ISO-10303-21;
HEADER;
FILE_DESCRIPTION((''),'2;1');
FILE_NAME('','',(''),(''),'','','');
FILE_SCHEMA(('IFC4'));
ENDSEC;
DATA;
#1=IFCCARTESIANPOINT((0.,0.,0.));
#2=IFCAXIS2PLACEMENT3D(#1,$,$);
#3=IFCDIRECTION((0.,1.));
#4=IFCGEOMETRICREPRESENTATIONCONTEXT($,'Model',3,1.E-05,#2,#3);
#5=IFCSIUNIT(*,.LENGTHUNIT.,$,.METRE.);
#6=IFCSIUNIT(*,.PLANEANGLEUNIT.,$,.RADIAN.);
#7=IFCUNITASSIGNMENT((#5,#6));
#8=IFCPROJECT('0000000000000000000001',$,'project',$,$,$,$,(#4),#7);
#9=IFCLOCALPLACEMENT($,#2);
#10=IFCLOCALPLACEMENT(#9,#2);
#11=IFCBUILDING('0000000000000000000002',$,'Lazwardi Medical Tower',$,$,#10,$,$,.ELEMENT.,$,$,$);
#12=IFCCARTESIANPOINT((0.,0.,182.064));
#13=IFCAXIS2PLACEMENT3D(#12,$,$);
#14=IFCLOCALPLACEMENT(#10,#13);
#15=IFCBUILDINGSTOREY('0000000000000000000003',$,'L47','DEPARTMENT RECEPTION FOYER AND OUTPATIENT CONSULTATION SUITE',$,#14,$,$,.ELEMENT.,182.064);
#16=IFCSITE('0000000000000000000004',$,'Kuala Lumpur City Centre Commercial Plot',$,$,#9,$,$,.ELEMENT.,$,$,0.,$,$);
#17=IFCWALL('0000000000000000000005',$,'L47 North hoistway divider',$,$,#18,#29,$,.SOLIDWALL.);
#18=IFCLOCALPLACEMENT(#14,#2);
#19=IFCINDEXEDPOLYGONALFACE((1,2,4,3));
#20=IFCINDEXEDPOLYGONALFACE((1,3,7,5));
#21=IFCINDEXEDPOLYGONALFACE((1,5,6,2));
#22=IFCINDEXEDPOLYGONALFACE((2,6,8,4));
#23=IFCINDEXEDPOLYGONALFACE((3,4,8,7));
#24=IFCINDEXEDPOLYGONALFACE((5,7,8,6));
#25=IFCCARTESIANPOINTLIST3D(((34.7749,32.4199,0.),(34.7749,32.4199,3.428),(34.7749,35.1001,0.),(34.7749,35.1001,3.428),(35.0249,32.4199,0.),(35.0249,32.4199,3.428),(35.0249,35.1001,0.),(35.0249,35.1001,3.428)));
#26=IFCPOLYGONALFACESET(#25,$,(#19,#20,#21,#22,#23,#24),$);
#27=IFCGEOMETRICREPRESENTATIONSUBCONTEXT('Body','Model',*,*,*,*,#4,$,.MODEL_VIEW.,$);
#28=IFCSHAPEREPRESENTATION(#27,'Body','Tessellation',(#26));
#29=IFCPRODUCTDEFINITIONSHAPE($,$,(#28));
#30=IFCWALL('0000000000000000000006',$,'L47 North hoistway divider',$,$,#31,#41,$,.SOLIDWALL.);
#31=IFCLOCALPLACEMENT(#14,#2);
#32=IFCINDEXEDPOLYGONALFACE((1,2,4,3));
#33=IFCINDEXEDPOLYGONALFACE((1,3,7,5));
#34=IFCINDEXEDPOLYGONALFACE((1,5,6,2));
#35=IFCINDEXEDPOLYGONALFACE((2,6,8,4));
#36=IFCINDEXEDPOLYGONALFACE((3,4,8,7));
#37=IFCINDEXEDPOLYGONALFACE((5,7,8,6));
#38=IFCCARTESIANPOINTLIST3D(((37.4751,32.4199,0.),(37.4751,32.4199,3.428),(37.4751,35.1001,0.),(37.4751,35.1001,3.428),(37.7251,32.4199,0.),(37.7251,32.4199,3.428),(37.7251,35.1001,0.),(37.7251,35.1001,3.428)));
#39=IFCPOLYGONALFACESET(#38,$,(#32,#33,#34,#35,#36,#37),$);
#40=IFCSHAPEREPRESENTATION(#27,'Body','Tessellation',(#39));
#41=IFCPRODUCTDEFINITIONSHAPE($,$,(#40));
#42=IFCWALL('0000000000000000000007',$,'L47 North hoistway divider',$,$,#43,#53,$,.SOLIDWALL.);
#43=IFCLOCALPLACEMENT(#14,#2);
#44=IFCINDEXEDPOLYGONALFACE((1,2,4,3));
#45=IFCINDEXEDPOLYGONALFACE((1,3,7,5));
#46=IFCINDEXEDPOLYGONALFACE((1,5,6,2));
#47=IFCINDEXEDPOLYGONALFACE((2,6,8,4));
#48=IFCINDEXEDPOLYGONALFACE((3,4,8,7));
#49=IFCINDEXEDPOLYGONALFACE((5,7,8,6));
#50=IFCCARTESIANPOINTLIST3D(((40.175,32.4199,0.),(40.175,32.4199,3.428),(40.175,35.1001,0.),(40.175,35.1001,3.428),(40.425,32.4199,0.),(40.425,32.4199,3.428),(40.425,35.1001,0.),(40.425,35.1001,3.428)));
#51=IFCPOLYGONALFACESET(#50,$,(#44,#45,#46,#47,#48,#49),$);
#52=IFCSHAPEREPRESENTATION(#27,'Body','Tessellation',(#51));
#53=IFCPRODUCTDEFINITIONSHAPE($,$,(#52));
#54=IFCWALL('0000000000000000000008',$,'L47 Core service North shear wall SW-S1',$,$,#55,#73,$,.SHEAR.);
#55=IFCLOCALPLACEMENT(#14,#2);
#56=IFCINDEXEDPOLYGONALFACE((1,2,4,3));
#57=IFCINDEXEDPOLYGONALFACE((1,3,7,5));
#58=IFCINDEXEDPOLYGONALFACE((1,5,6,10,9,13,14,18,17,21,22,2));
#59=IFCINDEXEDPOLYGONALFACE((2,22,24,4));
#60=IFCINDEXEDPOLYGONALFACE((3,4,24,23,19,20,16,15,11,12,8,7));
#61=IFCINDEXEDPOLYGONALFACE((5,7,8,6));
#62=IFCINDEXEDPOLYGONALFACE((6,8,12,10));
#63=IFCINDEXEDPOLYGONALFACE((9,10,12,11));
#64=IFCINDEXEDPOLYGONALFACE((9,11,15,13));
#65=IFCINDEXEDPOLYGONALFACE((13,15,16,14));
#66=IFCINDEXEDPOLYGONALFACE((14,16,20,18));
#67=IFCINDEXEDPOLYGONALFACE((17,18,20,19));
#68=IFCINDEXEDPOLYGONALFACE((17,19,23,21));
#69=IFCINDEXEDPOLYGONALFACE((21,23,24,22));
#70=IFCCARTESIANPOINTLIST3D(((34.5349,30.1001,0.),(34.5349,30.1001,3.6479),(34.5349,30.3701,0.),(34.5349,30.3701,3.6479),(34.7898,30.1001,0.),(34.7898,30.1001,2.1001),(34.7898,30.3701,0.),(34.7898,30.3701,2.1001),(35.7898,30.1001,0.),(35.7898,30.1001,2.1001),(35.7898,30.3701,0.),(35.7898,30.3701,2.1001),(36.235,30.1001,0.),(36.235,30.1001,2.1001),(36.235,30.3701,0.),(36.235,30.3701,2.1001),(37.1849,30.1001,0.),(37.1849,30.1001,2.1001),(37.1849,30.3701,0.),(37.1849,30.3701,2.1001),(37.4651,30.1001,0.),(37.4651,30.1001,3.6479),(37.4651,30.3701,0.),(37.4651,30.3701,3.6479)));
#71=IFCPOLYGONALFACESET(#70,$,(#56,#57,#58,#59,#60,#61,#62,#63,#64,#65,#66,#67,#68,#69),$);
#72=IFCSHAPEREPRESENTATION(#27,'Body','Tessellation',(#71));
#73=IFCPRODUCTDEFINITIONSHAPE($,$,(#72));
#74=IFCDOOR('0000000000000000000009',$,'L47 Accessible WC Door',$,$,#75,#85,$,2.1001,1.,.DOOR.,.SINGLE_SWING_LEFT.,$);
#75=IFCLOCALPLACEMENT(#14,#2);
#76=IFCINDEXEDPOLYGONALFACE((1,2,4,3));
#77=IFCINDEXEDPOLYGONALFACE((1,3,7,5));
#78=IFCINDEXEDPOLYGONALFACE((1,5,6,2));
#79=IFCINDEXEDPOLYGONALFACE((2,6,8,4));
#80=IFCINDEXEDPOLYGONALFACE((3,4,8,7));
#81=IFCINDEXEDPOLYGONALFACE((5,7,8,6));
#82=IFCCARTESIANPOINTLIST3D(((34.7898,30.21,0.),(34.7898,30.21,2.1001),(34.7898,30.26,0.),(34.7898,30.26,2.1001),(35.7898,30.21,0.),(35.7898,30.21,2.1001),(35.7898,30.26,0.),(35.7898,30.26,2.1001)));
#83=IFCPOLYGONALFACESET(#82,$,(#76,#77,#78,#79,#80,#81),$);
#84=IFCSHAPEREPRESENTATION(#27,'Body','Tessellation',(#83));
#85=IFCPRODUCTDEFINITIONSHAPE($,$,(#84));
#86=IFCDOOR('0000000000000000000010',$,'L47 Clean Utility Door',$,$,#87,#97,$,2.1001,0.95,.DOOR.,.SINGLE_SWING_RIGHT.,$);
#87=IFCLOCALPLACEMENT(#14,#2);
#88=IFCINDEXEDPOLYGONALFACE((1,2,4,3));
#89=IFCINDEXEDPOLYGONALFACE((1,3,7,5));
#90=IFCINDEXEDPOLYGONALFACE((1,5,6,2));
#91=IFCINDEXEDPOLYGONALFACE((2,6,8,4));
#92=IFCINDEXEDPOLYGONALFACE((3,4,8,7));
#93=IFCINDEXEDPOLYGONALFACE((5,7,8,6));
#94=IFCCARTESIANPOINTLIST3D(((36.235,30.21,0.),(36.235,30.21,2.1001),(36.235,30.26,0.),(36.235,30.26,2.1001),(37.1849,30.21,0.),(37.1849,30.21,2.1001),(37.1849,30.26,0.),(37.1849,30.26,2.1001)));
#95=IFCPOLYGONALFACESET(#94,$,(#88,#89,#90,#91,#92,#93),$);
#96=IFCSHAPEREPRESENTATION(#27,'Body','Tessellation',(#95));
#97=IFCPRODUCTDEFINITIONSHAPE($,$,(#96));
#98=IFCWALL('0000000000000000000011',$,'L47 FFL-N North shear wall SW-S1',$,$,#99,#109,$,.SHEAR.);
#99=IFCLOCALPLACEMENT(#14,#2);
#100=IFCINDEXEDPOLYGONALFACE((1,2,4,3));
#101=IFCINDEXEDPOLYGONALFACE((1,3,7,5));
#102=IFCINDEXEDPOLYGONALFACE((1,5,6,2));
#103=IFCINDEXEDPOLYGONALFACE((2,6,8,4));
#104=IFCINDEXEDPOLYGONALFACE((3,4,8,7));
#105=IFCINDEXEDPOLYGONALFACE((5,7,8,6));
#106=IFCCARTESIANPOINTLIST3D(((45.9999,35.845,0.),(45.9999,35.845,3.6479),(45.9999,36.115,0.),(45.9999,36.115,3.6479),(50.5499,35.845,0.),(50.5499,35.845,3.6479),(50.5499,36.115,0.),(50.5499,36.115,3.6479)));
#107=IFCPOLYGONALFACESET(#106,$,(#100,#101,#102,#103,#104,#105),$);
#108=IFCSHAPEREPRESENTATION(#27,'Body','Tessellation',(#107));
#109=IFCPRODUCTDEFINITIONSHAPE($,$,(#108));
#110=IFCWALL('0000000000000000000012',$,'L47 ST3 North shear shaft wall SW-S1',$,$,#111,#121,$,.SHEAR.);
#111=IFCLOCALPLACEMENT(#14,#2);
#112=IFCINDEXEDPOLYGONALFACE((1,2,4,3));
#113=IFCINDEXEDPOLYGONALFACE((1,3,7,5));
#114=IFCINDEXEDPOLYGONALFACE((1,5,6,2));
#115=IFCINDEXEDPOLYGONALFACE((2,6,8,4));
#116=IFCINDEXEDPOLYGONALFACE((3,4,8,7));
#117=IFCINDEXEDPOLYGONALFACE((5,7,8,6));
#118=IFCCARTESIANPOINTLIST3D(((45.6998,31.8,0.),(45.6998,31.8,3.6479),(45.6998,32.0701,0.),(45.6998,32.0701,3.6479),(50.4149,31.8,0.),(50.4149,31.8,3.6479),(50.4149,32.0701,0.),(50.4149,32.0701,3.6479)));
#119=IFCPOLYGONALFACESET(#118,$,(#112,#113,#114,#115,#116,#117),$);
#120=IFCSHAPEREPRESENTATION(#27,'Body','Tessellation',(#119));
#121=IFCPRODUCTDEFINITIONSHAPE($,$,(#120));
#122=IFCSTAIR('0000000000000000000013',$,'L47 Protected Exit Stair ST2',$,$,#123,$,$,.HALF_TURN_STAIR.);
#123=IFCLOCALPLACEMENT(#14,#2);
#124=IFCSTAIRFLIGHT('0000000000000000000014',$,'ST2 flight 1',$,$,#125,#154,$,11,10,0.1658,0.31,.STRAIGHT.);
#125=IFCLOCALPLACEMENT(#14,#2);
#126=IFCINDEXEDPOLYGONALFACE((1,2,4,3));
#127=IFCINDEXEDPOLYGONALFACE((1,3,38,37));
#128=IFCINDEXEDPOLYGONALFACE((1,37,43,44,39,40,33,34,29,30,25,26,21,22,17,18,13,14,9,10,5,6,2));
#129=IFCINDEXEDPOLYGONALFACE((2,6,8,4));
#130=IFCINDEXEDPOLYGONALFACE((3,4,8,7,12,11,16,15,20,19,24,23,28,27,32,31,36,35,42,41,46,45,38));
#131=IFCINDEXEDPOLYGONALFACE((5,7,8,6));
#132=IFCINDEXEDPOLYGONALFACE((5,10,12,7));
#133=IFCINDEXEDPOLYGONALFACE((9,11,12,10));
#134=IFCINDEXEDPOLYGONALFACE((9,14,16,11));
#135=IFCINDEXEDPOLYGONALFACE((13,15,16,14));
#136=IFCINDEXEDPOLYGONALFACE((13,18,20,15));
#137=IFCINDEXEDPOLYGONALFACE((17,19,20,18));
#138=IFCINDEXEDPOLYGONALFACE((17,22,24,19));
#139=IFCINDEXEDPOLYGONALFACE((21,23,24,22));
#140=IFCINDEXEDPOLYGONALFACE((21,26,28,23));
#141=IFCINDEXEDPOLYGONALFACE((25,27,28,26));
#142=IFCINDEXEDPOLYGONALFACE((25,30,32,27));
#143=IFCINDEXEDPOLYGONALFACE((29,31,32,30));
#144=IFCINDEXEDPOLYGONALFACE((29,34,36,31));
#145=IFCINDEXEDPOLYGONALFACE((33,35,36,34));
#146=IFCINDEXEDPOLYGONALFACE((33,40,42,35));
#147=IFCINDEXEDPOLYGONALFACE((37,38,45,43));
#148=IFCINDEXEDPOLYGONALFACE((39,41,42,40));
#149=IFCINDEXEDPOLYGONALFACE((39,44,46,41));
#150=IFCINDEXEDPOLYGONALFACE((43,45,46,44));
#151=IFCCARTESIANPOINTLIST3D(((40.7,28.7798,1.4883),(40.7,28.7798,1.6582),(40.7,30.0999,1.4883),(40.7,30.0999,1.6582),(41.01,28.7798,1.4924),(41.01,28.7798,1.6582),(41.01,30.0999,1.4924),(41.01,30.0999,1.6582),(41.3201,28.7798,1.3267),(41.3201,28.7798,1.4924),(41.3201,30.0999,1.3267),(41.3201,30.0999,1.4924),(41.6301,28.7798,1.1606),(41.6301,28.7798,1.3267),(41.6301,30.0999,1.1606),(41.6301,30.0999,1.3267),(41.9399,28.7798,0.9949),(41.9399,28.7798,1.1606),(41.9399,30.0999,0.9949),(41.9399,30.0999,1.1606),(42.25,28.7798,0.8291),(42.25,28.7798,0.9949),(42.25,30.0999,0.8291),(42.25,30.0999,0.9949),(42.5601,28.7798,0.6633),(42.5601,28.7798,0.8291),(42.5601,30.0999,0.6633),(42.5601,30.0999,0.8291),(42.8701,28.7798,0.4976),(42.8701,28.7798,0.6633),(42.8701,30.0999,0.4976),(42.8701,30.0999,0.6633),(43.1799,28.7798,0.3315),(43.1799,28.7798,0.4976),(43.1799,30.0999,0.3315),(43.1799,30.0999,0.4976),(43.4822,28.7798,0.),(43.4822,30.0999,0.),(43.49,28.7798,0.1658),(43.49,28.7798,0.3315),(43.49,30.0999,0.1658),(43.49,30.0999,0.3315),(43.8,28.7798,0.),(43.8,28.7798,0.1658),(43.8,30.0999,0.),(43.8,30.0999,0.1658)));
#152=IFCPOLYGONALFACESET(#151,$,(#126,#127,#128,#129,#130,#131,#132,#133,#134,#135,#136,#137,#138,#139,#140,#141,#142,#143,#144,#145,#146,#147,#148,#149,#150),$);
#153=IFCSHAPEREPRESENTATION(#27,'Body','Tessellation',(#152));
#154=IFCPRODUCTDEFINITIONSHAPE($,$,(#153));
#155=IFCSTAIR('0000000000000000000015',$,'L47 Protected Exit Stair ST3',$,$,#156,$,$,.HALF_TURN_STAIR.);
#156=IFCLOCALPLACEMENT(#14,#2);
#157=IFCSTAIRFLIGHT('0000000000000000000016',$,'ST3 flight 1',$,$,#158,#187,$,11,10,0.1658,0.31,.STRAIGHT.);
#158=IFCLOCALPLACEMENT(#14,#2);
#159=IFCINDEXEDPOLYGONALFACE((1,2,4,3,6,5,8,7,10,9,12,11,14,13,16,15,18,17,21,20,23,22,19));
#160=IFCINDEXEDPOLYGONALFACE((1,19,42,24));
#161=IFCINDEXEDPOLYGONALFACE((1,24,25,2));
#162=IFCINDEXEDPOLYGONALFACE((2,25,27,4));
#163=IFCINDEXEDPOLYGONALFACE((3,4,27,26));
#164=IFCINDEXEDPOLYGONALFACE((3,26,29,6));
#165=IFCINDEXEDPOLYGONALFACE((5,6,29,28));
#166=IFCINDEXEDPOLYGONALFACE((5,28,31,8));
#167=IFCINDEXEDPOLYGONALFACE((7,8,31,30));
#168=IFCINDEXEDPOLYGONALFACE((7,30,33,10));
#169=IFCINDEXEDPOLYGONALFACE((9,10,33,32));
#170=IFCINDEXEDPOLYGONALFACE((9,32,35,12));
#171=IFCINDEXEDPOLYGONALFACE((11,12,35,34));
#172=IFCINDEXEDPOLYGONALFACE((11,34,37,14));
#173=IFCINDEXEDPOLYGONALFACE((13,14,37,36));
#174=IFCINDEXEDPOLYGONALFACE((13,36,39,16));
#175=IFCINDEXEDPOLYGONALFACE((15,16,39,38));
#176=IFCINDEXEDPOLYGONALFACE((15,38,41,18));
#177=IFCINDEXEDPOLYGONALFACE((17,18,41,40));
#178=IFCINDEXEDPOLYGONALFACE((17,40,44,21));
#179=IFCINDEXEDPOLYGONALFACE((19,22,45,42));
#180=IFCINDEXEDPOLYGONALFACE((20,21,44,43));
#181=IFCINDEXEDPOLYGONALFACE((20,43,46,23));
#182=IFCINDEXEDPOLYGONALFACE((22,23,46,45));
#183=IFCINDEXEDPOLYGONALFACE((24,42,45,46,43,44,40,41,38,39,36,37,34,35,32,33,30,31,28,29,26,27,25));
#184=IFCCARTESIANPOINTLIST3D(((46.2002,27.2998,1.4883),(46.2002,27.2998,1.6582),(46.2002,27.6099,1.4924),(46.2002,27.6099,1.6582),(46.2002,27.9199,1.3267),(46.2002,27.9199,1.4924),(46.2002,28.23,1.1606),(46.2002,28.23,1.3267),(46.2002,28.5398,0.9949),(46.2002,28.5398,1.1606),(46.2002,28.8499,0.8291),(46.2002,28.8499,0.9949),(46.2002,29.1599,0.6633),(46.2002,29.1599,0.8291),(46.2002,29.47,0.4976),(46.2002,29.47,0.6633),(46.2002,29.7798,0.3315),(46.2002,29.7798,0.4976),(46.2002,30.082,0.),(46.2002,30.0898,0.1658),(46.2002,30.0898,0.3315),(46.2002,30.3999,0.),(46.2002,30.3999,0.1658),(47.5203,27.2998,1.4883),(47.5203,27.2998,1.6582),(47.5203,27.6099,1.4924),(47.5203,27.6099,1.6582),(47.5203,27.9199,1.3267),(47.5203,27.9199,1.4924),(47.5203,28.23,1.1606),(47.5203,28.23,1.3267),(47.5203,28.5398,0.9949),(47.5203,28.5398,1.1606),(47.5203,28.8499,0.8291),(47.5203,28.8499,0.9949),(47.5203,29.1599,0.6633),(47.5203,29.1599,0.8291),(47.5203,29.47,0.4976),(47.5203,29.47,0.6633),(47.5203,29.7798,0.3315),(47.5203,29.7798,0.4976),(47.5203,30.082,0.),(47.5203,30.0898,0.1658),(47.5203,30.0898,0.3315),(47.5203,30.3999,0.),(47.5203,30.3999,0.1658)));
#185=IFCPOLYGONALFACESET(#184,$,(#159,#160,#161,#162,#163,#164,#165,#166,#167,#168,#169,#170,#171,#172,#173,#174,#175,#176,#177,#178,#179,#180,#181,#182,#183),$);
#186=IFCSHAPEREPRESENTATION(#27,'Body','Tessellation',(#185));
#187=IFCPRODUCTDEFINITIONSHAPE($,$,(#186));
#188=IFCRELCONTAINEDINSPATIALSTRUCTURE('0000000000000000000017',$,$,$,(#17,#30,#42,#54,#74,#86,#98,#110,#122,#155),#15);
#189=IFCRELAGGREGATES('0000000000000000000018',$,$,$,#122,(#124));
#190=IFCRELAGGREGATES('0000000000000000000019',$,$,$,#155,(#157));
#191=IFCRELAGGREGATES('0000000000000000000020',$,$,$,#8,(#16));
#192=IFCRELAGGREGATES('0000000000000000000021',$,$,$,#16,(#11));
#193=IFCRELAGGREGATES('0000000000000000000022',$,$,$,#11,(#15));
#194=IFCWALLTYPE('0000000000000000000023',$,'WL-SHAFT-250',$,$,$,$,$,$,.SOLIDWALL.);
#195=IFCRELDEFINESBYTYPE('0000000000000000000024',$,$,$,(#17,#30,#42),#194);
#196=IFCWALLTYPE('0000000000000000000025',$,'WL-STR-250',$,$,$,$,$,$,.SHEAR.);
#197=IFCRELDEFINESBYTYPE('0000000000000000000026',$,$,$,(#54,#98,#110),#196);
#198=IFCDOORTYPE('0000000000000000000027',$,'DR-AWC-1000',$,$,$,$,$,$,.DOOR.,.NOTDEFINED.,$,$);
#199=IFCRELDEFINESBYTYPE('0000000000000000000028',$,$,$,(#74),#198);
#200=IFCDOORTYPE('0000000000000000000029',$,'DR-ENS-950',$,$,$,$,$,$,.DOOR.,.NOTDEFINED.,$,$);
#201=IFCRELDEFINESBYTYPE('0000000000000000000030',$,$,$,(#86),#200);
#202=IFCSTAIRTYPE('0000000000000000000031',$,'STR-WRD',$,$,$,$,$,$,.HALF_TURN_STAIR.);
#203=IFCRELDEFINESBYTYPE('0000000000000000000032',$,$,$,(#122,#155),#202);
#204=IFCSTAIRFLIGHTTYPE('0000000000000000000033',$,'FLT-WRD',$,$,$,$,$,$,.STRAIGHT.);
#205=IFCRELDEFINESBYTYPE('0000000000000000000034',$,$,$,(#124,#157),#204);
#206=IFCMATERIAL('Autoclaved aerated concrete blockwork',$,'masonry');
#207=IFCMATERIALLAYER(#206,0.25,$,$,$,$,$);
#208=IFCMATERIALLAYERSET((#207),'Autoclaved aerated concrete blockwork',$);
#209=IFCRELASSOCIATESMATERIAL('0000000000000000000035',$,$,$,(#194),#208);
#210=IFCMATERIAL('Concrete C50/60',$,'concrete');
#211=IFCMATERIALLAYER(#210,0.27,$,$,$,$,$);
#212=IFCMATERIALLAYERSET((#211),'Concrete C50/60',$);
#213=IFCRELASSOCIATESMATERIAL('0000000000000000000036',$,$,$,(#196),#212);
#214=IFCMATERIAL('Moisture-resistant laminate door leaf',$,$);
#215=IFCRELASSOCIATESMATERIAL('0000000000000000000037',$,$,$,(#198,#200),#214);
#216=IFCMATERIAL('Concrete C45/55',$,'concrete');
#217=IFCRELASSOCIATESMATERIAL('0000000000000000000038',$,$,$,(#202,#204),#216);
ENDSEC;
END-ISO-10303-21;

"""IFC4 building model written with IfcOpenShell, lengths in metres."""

from ifc_helpers import new_model, si_unit, direction, frame, frame_2d, origin, place, context, subcontext, project, spatial, polyline, rectangle, outline, extrude, material, layer, layer_set, type_object, element, fill, aggregate, save


model = new_model("IFC4")

# Units and contexts
model_context = context("Model", 3, precision=1e-05, world=origin(), true_north=direction((0.0, 1.0)))
body_context = subcontext(model_context, "Body", "Model", "MODEL_VIEW")
ifc_project = project(units=[si_unit("LENGTHUNIT", "METRE"), si_unit("PLANEANGLEUNIT", "RADIAN")], contexts=[model_context])

# Site, building, storey
site_placement = place(None, origin())
site = spatial("IfcSite", under=ifc_project, at=site_placement, Name="Kuala Lumpur City Centre Commercial Plot", CompositionType="ELEMENT", RefElevation=0.0)
building_placement = place(site_placement, origin())
building = spatial("IfcBuilding", under=site, at=building_placement, Name="Lazwardi Medical Tower", CompositionType="ELEMENT")
storey_placement = place(building_placement, frame((0.0, 0.0, 182.064)))
storey = spatial("IfcBuildingStorey", under=building, at=storey_placement, Name="L47", Description="DEPARTMENT RECEPTION FOYER AND OUTPATIENT CONSULTATION SUITE", CompositionType="ELEMENT", Elevation=182.064)

# Walls
ifc_material_1 = material(Name="Autoclaved aerated concrete blockwork", Category="masonry")
ifc_layer_1 = layer(ifc_material_1, 0.25)
ifc_layer_set_1 = layer_set([ifc_layer_1], Name="Autoclaved aerated concrete blockwork")
wall_type_1 = type_object("IfcWallType", Name="WL-SHAFT-250", PredefinedType="SOLIDWALL", material=ifc_layer_set_1)
for number, where, z_axis, x_axis, name in (
    (1, (34.8999, 32.4199, 0.0), (0.0, 0.0, 1.0), (0.0, 1.0, 0.0), "L47 North hoistway divider"),
    (2, (37.6001, 32.4199, 0.0), (0.0, 0.0, 1.0), (0.0, 1.0, 0.0), "L47 North hoistway divider"),
    (3, (40.3, 32.4199, 0.0), (0.0, 0.0, 1.0), (0.0, 1.0, 0.0), "L47 North hoistway divider"),
):
    element("IfcWall", number, at=place(storey_placement, frame(where, z_axis=z_axis, x_axis=x_axis)), inside=storey, type_object=wall_type_1, Name=name, PredefinedType="SOLIDWALL", context=body_context, shape_type="SweptSolid", body=[
        extrude(rectangle(XDim=2.6802, YDim=0.25, at=frame_2d((1.3401, 0.0))), origin(), (0.0, 0.0, 1.0), 3.428),
    ])

# Wall, openings, doors
ifc_material_2 = material(Name="Concrete C50/60", Category="concrete")
ifc_layer_2 = layer(ifc_material_2, 0.27)
ifc_layer_set_2 = layer_set([ifc_layer_2], Name="Concrete C50/60")
wall_type_2 = type_object("IfcWallType", Name="WL-STR-250", PredefinedType="SHEAR", material=ifc_layer_set_2)
wall_1_placement = place(storey_placement, frame((34.5349, 30.2351, 0.0), z_axis=(0.0, 0.0, 1.0), x_axis=(1.0, 0.0, 0.0)))
wall_1 = element("IfcWall", 4, at=wall_1_placement, inside=storey, type_object=wall_type_2, Name="L47 Core service North shear wall SW-S1", PredefinedType="SHEAR", context=body_context, shape_type="SweptSolid", body=[
    extrude(rectangle(XDim=2.9302, YDim=0.27, at=frame_2d((1.4651, 0.0))), origin(), (0.0, 0.0, 1.0), 3.6479),
])
opening_1_placement = place(wall_1_placement, frame((0.2549, 0.0, 0.0)))
opening_1 = element("IfcOpeningElement", 5, at=opening_1_placement, cuts=wall_1, PredefinedType="OPENING", context=body_context, shape_type="SweptSolid", body=[
    extrude(rectangle(XDim=1.0, YDim=2.1001, at=frame_2d((0.5, 1.05))), frame((0.0, 0.145, 0.0), z_axis=(0.0, -1.0, 0.0), x_axis=(1.0, 0.0, 0.0)), (0.0, 0.0, 1.0), 0.29),
])
opening_2_placement = place(wall_1_placement, frame((1.7, 0.0, 0.0)))
opening_2 = element("IfcOpeningElement", 6, at=opening_2_placement, cuts=wall_1, PredefinedType="OPENING", context=body_context, shape_type="SweptSolid", body=[
    extrude(rectangle(XDim=0.95, YDim=2.1001, at=frame_2d((0.4751, 1.05))), frame((0.0, 0.145, 0.0), z_axis=(0.0, -1.0, 0.0), x_axis=(1.0, 0.0, 0.0)), (0.0, 0.0, 1.0), 0.29),
])
ifc_material_3 = material(Name="Moisture-resistant laminate door leaf")
door_type_1 = type_object("IfcDoorType", Name="DR-AWC-1000", OperationType="NOTDEFINED", PredefinedType="DOOR", material=ifc_material_3)
door_1_placement = place(opening_1_placement, origin())
door_1 = element("IfcDoor", 7, at=door_1_placement, inside=storey, type_object=door_type_1, Name="L47 Accessible WC Door", OperationType="SINGLE_SWING_LEFT", OverallHeight=2.1001, OverallWidth=1.0, PredefinedType="DOOR", context=body_context, shape_type="SweptSolid", body=[
    extrude(rectangle(XDim=1.0, YDim=2.1001, at=frame_2d((0.5, 1.05))), frame((0.0, 0.0249, 0.0), z_axis=(0.0, -1.0, 0.0), x_axis=(1.0, 0.0, 0.0)), (0.0, 0.0, 1.0), 0.05),
])
fill(opening_1, door_1)
door_type_2 = type_object("IfcDoorType", Name="DR-ENS-950", OperationType="NOTDEFINED", PredefinedType="DOOR", material=ifc_material_3)
door_2_placement = place(opening_2_placement, origin())
door_2 = element("IfcDoor", 8, at=door_2_placement, inside=storey, type_object=door_type_2, Name="L47 Clean Utility Door", OperationType="SINGLE_SWING_RIGHT", OverallHeight=2.1001, OverallWidth=0.95, PredefinedType="DOOR", context=body_context, shape_type="SweptSolid", body=[
    extrude(rectangle(XDim=0.95, YDim=2.1001, at=frame_2d((0.4751, 1.05))), frame((0.0, 0.0249, 0.0), z_axis=(0.0, -1.0, 0.0), x_axis=(1.0, 0.0, 0.0)), (0.0, 0.0, 1.0), 0.05),
])
fill(opening_2, door_2)

# Walls
wall_2_placement = place(storey_placement, frame((46.0, 35.98, 0.0), z_axis=(0.0, 0.0, 1.0), x_axis=(1.0, 0.0, 0.0)))
element("IfcWall", 9, at=wall_2_placement, inside=storey, type_object=wall_type_2, Name="L47 FFL-N North shear wall SW-S1", PredefinedType="SHEAR", context=body_context, shape_type="SweptSolid", body=[
    extrude(rectangle(XDim=4.55, YDim=0.27, at=frame_2d((2.2749, 0.0))), origin(), (0.0, 0.0, 1.0), 3.6479),
])
wall_3_placement = place(storey_placement, frame((45.7, 31.9351, 0.0), z_axis=(0.0, 0.0, 1.0), x_axis=(1.0, 0.0, 0.0)))
element("IfcWall", 10, at=wall_3_placement, inside=storey, type_object=wall_type_2, Name="L47 ST3 North shear shaft wall SW-S1", PredefinedType="SHEAR", context=body_context, shape_type="SweptSolid", body=[
    extrude(rectangle(XDim=4.7151, YDim=0.27, at=frame_2d((2.3574, 0.0))), origin(), (0.0, 0.0, 1.0), 3.6479),
])

# Stairs, stair flights
ifc_material_4 = material(Name="Concrete C45/55", Category="concrete")
stair_type = type_object("IfcStairType", Name="STR-WRD", PredefinedType="HALF_TURN_STAIR", material=ifc_material_4)
stair_1_placement = place(storey_placement, origin())
stair_1 = element("IfcStair", 11, at=stair_1_placement, inside=storey, type_object=stair_type, Name="L47 Protected Exit Stair ST2", PredefinedType="HALF_TURN_STAIR")
stair_flight_type = type_object("IfcStairFlightType", Name="FLT-WRD", PredefinedType="STRAIGHT", material=ifc_material_4)
stair_flight_1_placement = place(storey_placement, frame((43.8, 29.4399, 0.0), z_axis=(0.0, 0.0, 1.0), x_axis=(-1.0, 0.0, 0.0)))
stair_flight_1 = element("IfcStairFlight", 12, at=stair_flight_1_placement, type_object=stair_flight_type, Name="ST2 flight 1", NumberOfRisers=11, NumberOfTreads=10, PredefinedType="STRAIGHT", RiserHeight=0.1658, TreadLength=0.31, context=body_context, shape_type="SweptSolid", body=[
    extrude(outline(polyline([(0.0, 0.0), (0.0, 0.1658), (0.3101, 0.1658), (0.3101, 0.3315), (0.6201, 0.3315), (0.6201, 0.4976), (0.9299, 0.4976), (0.9299, 0.6633), (1.24, 0.6633), (1.24, 0.8291), (1.55, 0.8291), (1.55, 0.9949), (1.8601, 0.9949), (1.8601, 1.1606), (2.1699, 1.1606), (2.1699, 1.3267), (2.48, 1.3267), (2.48, 1.4924), (2.79, 1.4924), (2.79, 1.6582), (3.1001, 1.6582), (3.1001, 1.824), (3.1001, 1.4883), (0.3179, 0.0), (0.0, 0.0)])), frame((0.0, 0.6602, 0.0), z_axis=(0.0, -1.0, 0.0), x_axis=(1.0, 0.0, 0.0)), (0.0, 0.0, 1.0), 1.3201),
])
aggregate(stair_1, [stair_flight_1])
stair_2_placement = place(storey_placement, origin())
stair_2 = element("IfcStair", 13, at=stair_2_placement, inside=storey, type_object=stair_type, Name="L47 Protected Exit Stair ST3", PredefinedType="HALF_TURN_STAIR")
stair_flight_2_placement = place(storey_placement, frame((46.8601, 30.3999, 0.0), z_axis=(0.0, 0.0, 1.0), x_axis=(0.0, -1.0, 0.0)))
stair_flight_2 = element("IfcStairFlight", 14, at=stair_flight_2_placement, type_object=stair_flight_type, Name="ST3 flight 1", NumberOfRisers=11, NumberOfTreads=10, PredefinedType="STRAIGHT", RiserHeight=0.1658, TreadLength=0.31, context=body_context, shape_type="SweptSolid", body=[
    extrude(outline(polyline([(0.0, 0.0), (0.0, 0.1658), (0.3101, 0.1658), (0.3101, 0.3315), (0.6201, 0.3315), (0.6201, 0.4976), (0.9299, 0.4976), (0.9299, 0.6633), (1.24, 0.6633), (1.24, 0.8291), (1.55, 0.8291), (1.55, 0.9949), (1.8601, 0.9949), (1.8601, 1.1606), (2.1699, 1.1606), (2.1699, 1.3267), (2.48, 1.3267), (2.48, 1.4924), (2.79, 1.4924), (2.79, 1.6582), (3.1001, 1.6582), (3.1001, 1.824), (3.1001, 1.4883), (0.3179, 0.0), (0.0, 0.0)])), frame((0.0, 0.6602, 0.0), z_axis=(0.0, -1.0, 0.0), x_axis=(1.0, 0.0, 0.0)), (0.0, 0.0, 1.0), 1.3201),
])
aggregate(stair_2, [stair_flight_2])

save(model, "model.ifc")
